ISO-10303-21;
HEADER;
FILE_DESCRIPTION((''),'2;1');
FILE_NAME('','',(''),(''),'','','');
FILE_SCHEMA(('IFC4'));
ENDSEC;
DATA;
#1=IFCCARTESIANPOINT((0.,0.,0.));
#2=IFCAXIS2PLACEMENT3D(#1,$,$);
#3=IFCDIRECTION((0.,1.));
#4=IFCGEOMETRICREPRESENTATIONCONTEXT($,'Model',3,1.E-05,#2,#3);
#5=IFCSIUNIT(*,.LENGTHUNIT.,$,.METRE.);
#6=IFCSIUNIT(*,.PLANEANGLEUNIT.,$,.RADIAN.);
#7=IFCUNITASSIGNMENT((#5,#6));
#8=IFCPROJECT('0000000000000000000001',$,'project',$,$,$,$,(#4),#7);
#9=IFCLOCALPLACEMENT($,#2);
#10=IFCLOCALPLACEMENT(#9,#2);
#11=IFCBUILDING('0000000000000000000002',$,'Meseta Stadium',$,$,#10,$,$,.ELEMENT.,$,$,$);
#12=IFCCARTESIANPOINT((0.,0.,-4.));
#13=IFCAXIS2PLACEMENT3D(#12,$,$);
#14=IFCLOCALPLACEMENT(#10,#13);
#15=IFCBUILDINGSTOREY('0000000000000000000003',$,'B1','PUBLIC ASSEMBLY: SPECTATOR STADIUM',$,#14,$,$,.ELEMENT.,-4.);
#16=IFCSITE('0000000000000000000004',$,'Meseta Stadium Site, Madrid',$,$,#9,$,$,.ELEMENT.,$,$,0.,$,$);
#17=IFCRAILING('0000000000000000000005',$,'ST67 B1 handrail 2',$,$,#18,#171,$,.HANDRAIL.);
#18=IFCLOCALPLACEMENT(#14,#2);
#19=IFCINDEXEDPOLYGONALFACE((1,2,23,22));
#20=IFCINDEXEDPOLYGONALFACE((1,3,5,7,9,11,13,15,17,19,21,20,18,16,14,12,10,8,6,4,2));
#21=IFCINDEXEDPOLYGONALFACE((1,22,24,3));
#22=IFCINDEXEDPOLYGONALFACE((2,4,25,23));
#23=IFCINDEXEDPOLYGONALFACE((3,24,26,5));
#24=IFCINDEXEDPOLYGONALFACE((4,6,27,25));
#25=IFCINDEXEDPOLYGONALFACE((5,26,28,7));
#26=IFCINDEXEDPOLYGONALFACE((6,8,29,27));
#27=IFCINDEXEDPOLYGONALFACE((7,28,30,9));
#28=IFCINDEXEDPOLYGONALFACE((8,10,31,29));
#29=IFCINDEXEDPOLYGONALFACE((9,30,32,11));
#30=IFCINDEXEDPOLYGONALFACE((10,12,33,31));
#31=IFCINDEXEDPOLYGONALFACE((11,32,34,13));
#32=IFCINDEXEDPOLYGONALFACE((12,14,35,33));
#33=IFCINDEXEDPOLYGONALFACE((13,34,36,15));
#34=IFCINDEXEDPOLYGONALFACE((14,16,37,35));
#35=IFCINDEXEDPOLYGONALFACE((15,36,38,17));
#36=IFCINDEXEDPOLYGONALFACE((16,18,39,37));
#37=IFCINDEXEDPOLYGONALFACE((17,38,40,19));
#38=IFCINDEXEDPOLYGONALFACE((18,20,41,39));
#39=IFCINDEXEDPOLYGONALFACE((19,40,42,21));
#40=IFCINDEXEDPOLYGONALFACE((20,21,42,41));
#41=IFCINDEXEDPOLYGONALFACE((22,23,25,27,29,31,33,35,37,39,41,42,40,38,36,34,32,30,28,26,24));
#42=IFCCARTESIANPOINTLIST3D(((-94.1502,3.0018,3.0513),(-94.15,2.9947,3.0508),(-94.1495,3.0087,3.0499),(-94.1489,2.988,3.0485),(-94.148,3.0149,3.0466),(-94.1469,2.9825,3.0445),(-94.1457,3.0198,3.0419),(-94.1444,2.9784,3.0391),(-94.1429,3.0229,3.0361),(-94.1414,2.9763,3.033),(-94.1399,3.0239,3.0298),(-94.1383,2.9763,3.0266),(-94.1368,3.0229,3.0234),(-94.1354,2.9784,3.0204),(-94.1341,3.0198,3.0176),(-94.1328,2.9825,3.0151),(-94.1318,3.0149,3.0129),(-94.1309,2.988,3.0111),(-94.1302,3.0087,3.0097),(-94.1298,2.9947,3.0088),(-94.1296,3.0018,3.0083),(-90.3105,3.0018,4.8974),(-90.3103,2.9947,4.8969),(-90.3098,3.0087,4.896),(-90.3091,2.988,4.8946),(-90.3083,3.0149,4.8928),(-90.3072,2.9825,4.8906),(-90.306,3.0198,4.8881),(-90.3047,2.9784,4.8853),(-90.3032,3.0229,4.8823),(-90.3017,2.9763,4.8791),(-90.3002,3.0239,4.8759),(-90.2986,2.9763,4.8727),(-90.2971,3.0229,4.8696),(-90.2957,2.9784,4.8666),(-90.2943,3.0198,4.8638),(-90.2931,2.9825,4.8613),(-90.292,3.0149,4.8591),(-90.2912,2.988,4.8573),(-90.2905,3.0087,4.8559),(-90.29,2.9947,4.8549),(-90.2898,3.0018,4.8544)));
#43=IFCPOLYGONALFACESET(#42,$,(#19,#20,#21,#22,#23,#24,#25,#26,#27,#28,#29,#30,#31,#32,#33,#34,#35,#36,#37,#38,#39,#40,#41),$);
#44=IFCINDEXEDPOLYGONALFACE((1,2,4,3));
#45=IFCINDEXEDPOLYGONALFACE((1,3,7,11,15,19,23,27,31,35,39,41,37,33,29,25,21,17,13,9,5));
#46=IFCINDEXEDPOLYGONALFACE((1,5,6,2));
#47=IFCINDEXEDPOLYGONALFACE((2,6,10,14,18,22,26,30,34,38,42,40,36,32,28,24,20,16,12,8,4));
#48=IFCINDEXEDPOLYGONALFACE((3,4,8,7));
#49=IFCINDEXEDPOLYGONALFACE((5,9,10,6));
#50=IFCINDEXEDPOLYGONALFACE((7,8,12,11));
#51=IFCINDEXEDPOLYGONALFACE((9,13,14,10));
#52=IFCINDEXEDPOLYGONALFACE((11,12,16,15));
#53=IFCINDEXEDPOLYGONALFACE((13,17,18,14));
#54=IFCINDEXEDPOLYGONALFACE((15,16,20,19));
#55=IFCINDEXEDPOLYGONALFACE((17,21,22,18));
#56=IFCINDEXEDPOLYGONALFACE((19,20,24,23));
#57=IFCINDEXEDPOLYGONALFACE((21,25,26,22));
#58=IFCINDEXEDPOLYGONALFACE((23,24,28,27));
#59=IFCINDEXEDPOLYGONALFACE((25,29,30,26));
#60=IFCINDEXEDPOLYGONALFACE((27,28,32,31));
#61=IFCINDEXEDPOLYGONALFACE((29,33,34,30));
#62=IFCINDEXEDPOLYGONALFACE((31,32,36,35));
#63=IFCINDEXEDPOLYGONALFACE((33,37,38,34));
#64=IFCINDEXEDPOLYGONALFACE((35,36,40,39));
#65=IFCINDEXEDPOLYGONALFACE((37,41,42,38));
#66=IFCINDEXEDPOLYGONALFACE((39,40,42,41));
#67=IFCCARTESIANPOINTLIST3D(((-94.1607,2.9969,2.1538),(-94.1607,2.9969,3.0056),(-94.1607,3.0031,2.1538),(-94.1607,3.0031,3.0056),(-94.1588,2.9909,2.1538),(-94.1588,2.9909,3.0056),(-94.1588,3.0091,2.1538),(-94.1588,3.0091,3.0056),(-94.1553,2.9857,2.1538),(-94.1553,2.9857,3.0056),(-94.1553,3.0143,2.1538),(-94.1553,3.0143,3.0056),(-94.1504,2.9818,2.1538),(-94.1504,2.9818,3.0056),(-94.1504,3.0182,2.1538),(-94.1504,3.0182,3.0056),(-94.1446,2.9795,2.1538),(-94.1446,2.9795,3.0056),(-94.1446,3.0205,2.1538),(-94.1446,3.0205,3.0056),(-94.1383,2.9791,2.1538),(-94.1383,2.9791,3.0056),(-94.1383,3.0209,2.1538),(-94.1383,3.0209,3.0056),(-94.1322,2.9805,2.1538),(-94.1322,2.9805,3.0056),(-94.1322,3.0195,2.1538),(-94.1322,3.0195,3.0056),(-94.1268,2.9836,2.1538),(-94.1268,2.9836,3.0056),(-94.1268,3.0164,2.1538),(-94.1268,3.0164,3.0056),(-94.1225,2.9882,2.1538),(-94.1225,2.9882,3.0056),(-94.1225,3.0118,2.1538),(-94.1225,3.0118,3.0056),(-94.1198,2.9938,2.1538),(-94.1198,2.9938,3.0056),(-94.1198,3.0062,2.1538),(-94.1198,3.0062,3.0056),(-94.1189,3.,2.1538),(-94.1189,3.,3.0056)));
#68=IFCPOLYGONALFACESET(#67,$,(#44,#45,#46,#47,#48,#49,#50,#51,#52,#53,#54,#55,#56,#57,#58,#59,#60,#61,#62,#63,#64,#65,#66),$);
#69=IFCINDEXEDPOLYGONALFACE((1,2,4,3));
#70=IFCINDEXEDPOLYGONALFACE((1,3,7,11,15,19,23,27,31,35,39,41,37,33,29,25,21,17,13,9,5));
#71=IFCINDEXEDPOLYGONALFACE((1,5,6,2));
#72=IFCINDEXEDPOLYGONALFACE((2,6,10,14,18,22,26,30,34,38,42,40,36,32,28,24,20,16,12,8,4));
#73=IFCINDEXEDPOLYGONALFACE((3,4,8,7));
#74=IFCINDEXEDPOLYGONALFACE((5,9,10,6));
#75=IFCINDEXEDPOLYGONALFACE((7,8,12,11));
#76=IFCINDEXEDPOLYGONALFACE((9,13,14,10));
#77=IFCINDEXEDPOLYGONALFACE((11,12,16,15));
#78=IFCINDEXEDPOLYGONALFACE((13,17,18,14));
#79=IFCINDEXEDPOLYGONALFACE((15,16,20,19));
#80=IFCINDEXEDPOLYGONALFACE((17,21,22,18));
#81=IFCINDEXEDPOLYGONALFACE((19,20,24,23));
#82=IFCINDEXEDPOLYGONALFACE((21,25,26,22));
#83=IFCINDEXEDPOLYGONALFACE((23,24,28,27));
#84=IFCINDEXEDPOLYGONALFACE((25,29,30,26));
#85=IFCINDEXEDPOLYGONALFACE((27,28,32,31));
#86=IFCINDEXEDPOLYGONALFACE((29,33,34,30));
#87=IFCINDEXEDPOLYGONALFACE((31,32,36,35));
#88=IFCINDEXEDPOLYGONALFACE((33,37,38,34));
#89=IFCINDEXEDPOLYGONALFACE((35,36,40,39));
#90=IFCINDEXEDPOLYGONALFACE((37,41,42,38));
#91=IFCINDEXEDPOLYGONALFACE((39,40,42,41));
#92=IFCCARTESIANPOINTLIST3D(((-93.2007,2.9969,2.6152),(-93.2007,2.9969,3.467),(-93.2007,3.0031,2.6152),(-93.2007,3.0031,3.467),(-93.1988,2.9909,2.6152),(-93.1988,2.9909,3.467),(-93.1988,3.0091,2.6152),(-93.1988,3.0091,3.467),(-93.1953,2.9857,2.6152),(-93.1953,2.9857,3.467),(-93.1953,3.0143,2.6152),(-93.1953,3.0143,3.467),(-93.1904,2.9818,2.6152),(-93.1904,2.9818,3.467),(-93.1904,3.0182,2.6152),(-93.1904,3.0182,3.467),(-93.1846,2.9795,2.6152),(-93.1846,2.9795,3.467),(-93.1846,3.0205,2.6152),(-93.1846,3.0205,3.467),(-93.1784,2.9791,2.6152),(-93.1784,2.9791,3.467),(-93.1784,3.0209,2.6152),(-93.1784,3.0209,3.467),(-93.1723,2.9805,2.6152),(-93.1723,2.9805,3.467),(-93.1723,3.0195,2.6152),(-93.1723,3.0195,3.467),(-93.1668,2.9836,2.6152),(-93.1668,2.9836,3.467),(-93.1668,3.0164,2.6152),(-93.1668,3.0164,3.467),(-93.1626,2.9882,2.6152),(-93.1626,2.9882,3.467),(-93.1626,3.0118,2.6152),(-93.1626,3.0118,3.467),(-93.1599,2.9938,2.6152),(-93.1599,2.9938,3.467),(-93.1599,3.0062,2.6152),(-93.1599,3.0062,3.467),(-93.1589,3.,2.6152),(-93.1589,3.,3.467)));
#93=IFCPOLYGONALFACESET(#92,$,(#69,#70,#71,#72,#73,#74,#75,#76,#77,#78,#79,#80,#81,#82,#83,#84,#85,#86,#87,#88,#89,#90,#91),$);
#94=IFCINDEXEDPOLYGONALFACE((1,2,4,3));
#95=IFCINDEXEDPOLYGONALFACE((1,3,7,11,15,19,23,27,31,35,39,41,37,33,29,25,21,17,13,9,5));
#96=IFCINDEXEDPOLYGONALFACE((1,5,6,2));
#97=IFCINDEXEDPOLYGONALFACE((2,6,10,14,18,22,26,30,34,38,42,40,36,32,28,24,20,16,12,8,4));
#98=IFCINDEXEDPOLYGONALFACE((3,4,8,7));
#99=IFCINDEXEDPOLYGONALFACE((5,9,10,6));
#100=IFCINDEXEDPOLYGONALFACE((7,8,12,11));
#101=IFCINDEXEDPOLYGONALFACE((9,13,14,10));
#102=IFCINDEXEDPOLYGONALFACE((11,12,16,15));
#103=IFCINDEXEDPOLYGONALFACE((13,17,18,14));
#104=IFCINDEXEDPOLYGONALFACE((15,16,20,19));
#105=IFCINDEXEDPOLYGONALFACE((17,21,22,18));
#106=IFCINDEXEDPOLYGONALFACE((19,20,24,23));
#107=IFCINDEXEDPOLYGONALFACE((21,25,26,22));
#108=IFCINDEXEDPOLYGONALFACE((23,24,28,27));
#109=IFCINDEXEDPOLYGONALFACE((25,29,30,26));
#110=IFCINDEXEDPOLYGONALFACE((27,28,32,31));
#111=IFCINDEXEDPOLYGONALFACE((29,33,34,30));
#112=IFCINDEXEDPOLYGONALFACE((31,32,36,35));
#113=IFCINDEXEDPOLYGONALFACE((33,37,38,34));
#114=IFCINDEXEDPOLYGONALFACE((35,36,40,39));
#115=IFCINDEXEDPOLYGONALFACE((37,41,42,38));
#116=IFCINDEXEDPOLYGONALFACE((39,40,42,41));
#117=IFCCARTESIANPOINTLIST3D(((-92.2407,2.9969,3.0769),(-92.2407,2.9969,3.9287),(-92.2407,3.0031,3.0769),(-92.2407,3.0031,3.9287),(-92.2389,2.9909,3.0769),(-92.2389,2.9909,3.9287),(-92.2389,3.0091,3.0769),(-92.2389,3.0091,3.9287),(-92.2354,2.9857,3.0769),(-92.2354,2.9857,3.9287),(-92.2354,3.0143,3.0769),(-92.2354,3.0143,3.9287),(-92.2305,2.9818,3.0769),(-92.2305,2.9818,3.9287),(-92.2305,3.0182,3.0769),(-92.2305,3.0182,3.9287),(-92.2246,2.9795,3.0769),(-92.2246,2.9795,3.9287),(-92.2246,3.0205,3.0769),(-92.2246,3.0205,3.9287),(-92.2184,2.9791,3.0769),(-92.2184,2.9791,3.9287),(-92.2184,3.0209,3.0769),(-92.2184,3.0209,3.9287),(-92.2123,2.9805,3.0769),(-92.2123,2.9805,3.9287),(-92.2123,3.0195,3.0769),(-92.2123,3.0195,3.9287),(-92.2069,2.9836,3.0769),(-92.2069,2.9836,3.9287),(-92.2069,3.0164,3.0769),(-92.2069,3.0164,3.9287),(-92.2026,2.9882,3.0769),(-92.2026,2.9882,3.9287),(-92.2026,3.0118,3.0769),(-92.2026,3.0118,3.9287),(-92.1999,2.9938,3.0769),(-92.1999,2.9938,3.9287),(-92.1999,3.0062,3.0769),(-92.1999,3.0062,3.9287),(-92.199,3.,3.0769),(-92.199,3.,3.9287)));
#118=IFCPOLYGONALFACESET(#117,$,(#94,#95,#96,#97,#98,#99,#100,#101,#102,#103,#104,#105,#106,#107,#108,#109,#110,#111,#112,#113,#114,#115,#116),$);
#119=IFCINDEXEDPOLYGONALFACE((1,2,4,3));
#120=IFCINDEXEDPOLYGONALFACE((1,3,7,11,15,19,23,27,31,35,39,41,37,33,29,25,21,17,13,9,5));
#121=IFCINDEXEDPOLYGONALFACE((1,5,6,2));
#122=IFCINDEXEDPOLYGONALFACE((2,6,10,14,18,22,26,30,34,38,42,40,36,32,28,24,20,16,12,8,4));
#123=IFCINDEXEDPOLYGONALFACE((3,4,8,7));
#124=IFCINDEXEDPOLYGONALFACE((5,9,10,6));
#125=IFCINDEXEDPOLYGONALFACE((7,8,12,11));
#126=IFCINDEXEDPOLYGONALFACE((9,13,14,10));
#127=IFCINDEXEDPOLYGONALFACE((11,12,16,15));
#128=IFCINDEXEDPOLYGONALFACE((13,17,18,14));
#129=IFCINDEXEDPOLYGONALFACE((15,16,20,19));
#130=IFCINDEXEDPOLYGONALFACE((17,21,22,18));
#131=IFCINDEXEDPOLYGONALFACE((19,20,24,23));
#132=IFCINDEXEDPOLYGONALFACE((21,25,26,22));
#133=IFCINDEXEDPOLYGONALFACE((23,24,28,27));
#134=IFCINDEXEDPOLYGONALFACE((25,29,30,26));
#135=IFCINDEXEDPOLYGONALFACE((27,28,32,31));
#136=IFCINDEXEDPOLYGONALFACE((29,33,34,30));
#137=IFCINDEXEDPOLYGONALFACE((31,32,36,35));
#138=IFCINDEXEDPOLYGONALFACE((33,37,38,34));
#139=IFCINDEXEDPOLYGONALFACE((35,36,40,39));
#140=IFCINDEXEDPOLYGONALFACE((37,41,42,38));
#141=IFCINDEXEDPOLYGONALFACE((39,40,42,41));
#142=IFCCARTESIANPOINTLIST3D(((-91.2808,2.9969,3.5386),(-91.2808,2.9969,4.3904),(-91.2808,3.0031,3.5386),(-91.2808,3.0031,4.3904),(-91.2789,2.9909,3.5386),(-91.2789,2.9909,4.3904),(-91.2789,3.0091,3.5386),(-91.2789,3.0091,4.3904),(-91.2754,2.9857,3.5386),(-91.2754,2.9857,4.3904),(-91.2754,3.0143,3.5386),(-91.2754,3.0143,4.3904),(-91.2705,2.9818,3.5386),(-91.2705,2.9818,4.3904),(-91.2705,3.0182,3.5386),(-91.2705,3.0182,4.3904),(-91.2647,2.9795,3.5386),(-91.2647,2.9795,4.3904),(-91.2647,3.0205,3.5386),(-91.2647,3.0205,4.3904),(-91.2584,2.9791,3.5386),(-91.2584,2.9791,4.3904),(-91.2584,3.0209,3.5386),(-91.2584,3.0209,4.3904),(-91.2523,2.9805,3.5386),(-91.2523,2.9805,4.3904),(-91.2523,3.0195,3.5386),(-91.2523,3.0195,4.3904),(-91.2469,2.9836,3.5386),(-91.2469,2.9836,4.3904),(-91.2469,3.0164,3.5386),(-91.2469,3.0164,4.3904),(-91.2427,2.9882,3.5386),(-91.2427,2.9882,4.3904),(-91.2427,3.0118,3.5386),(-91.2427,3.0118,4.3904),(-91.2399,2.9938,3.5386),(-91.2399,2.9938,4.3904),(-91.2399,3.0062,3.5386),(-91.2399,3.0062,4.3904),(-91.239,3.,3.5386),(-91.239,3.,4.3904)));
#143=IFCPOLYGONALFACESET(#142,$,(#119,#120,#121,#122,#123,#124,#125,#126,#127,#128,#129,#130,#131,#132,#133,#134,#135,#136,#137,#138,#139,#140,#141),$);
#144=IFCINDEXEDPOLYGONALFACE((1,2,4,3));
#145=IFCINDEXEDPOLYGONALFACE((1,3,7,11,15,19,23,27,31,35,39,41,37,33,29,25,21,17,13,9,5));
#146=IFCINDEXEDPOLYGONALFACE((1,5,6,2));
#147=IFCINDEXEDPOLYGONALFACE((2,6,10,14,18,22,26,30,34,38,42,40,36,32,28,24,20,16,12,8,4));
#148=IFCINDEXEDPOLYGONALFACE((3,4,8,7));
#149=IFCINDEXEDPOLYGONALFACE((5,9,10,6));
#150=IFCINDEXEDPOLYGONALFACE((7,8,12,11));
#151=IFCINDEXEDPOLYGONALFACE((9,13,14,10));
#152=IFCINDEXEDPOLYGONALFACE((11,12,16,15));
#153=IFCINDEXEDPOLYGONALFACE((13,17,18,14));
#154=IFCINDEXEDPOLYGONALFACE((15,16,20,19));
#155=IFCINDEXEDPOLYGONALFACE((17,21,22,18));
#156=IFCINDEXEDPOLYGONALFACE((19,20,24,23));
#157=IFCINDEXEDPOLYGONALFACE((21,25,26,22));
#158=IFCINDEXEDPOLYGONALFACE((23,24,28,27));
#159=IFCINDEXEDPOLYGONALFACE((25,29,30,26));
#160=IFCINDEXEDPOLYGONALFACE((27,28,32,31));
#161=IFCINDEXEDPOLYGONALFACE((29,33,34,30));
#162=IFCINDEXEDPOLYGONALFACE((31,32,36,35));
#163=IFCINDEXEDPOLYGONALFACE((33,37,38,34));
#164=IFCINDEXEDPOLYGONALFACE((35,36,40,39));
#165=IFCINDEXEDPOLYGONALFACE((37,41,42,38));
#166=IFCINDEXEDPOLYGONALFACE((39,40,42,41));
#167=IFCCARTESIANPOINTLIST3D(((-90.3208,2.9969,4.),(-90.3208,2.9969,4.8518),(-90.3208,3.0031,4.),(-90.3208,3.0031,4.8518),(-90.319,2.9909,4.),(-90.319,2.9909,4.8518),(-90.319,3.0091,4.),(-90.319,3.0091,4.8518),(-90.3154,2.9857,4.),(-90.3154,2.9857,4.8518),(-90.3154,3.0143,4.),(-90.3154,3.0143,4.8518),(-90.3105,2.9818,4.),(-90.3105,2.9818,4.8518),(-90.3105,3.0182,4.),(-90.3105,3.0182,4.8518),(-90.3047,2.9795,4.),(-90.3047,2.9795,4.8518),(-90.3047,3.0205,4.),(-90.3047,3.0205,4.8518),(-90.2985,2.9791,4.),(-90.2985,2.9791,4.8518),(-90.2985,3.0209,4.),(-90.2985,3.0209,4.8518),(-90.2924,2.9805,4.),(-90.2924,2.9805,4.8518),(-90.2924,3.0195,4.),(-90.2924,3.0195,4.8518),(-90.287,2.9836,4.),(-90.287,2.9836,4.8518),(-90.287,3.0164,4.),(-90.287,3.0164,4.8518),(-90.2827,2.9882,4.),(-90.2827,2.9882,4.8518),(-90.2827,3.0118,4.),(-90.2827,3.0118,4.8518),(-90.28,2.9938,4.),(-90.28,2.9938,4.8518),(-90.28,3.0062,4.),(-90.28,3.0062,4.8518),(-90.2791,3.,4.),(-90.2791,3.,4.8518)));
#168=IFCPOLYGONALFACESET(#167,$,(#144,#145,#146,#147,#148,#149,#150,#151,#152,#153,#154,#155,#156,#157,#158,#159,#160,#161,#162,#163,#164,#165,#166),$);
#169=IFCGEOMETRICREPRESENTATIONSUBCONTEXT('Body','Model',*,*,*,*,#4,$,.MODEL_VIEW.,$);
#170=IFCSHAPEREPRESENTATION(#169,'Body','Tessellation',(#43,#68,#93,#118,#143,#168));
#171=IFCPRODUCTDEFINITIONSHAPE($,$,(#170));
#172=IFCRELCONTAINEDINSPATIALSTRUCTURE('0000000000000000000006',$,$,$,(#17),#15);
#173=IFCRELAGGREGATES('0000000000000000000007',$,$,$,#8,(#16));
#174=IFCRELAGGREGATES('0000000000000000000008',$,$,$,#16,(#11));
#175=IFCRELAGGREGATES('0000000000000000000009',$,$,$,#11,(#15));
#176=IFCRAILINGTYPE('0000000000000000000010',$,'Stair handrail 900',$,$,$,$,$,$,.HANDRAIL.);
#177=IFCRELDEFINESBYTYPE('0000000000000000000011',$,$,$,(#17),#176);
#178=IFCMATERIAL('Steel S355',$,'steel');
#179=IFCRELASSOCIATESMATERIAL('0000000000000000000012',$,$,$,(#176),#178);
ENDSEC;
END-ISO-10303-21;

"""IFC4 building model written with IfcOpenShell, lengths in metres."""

from ifc_helpers import new_model, si_unit, direction, frame, origin, origin_2d, place, context, subcontext, project, spatial, circle, extrude, material, type_object, element, save


model = new_model("IFC4")

# Units and contexts
model_context = context("Model", 3, precision=1e-05, world=origin(), true_north=direction((0.0, 1.0)))
body_context = subcontext(model_context, "Body", "Model", "MODEL_VIEW")
ifc_project = project(units=[si_unit("LENGTHUNIT", "METRE"), si_unit("PLANEANGLEUNIT", "RADIAN")], contexts=[model_context])

# Site, building, storey
site_placement = place(None, origin())
site = spatial("IfcSite", under=ifc_project, at=site_placement, Name="Meseta Stadium Site, Madrid", CompositionType="ELEMENT", RefElevation=0.0)
building_placement = place(site_placement, origin())
building = spatial("IfcBuilding", under=site, at=building_placement, Name="Meseta Stadium", CompositionType="ELEMENT")
storey_placement = place(building_placement, frame((0.0, 0.0, -4.0)))
storey = spatial("IfcBuildingStorey", under=building, at=storey_placement, Name="B1", Description="PUBLIC ASSEMBLY: SPECTATOR STADIUM", CompositionType="ELEMENT", Elevation=-4.0)

# Railing
ifc_material_1 = material(Name="Steel S355", Category="steel")
railing_type_1 = type_object("IfcRailingType", Name="Stair handrail 900", PredefinedType="HANDRAIL", material=ifc_material_1)
for number, where, name in (
    (1, (-94.1399, 3.0, 2.1538), "ST67 B1 handrail 2"),
):
    element("IfcRailing", number, at=place(storey_placement, frame(where)), inside=storey, type_object=railing_type_1, Name=name, PredefinedType="HANDRAIL", context=body_context, shape_type="SweptSolid", body=[
        extrude(circle(Radius=0.0239, at=origin_2d()), frame((0.0, 0.0, 0.876), z_axis=(0.901242, 0.0, 0.433316), x_axis=(0.0, 1.0, 0.0)), (0.0, 0.0, 1.0), 4.2605),
        extrude(circle(Radius=0.021, at=origin_2d()), origin(), (0.0, 0.0, 1.0), 0.8518),
        extrude(circle(Radius=0.021, at=origin_2d()), frame((0.96, 0.0, 0.4614)), (0.0, 0.0, 1.0), 0.8518),
        extrude(circle(Radius=0.021, at=origin_2d()), frame((1.9199, 0.0, 0.9231)), (0.0, 0.0, 1.0), 0.8518),
        extrude(circle(Radius=0.021, at=origin_2d()), frame((2.8799, 0.0, 1.3848)), (0.0, 0.0, 1.0), 0.8518),
        extrude(circle(Radius=0.021, at=origin_2d()), frame((3.8398, 0.0, 1.8462)), (0.0, 0.0, 1.0), 0.8518),
    ])

save(model, "model.ifc")
